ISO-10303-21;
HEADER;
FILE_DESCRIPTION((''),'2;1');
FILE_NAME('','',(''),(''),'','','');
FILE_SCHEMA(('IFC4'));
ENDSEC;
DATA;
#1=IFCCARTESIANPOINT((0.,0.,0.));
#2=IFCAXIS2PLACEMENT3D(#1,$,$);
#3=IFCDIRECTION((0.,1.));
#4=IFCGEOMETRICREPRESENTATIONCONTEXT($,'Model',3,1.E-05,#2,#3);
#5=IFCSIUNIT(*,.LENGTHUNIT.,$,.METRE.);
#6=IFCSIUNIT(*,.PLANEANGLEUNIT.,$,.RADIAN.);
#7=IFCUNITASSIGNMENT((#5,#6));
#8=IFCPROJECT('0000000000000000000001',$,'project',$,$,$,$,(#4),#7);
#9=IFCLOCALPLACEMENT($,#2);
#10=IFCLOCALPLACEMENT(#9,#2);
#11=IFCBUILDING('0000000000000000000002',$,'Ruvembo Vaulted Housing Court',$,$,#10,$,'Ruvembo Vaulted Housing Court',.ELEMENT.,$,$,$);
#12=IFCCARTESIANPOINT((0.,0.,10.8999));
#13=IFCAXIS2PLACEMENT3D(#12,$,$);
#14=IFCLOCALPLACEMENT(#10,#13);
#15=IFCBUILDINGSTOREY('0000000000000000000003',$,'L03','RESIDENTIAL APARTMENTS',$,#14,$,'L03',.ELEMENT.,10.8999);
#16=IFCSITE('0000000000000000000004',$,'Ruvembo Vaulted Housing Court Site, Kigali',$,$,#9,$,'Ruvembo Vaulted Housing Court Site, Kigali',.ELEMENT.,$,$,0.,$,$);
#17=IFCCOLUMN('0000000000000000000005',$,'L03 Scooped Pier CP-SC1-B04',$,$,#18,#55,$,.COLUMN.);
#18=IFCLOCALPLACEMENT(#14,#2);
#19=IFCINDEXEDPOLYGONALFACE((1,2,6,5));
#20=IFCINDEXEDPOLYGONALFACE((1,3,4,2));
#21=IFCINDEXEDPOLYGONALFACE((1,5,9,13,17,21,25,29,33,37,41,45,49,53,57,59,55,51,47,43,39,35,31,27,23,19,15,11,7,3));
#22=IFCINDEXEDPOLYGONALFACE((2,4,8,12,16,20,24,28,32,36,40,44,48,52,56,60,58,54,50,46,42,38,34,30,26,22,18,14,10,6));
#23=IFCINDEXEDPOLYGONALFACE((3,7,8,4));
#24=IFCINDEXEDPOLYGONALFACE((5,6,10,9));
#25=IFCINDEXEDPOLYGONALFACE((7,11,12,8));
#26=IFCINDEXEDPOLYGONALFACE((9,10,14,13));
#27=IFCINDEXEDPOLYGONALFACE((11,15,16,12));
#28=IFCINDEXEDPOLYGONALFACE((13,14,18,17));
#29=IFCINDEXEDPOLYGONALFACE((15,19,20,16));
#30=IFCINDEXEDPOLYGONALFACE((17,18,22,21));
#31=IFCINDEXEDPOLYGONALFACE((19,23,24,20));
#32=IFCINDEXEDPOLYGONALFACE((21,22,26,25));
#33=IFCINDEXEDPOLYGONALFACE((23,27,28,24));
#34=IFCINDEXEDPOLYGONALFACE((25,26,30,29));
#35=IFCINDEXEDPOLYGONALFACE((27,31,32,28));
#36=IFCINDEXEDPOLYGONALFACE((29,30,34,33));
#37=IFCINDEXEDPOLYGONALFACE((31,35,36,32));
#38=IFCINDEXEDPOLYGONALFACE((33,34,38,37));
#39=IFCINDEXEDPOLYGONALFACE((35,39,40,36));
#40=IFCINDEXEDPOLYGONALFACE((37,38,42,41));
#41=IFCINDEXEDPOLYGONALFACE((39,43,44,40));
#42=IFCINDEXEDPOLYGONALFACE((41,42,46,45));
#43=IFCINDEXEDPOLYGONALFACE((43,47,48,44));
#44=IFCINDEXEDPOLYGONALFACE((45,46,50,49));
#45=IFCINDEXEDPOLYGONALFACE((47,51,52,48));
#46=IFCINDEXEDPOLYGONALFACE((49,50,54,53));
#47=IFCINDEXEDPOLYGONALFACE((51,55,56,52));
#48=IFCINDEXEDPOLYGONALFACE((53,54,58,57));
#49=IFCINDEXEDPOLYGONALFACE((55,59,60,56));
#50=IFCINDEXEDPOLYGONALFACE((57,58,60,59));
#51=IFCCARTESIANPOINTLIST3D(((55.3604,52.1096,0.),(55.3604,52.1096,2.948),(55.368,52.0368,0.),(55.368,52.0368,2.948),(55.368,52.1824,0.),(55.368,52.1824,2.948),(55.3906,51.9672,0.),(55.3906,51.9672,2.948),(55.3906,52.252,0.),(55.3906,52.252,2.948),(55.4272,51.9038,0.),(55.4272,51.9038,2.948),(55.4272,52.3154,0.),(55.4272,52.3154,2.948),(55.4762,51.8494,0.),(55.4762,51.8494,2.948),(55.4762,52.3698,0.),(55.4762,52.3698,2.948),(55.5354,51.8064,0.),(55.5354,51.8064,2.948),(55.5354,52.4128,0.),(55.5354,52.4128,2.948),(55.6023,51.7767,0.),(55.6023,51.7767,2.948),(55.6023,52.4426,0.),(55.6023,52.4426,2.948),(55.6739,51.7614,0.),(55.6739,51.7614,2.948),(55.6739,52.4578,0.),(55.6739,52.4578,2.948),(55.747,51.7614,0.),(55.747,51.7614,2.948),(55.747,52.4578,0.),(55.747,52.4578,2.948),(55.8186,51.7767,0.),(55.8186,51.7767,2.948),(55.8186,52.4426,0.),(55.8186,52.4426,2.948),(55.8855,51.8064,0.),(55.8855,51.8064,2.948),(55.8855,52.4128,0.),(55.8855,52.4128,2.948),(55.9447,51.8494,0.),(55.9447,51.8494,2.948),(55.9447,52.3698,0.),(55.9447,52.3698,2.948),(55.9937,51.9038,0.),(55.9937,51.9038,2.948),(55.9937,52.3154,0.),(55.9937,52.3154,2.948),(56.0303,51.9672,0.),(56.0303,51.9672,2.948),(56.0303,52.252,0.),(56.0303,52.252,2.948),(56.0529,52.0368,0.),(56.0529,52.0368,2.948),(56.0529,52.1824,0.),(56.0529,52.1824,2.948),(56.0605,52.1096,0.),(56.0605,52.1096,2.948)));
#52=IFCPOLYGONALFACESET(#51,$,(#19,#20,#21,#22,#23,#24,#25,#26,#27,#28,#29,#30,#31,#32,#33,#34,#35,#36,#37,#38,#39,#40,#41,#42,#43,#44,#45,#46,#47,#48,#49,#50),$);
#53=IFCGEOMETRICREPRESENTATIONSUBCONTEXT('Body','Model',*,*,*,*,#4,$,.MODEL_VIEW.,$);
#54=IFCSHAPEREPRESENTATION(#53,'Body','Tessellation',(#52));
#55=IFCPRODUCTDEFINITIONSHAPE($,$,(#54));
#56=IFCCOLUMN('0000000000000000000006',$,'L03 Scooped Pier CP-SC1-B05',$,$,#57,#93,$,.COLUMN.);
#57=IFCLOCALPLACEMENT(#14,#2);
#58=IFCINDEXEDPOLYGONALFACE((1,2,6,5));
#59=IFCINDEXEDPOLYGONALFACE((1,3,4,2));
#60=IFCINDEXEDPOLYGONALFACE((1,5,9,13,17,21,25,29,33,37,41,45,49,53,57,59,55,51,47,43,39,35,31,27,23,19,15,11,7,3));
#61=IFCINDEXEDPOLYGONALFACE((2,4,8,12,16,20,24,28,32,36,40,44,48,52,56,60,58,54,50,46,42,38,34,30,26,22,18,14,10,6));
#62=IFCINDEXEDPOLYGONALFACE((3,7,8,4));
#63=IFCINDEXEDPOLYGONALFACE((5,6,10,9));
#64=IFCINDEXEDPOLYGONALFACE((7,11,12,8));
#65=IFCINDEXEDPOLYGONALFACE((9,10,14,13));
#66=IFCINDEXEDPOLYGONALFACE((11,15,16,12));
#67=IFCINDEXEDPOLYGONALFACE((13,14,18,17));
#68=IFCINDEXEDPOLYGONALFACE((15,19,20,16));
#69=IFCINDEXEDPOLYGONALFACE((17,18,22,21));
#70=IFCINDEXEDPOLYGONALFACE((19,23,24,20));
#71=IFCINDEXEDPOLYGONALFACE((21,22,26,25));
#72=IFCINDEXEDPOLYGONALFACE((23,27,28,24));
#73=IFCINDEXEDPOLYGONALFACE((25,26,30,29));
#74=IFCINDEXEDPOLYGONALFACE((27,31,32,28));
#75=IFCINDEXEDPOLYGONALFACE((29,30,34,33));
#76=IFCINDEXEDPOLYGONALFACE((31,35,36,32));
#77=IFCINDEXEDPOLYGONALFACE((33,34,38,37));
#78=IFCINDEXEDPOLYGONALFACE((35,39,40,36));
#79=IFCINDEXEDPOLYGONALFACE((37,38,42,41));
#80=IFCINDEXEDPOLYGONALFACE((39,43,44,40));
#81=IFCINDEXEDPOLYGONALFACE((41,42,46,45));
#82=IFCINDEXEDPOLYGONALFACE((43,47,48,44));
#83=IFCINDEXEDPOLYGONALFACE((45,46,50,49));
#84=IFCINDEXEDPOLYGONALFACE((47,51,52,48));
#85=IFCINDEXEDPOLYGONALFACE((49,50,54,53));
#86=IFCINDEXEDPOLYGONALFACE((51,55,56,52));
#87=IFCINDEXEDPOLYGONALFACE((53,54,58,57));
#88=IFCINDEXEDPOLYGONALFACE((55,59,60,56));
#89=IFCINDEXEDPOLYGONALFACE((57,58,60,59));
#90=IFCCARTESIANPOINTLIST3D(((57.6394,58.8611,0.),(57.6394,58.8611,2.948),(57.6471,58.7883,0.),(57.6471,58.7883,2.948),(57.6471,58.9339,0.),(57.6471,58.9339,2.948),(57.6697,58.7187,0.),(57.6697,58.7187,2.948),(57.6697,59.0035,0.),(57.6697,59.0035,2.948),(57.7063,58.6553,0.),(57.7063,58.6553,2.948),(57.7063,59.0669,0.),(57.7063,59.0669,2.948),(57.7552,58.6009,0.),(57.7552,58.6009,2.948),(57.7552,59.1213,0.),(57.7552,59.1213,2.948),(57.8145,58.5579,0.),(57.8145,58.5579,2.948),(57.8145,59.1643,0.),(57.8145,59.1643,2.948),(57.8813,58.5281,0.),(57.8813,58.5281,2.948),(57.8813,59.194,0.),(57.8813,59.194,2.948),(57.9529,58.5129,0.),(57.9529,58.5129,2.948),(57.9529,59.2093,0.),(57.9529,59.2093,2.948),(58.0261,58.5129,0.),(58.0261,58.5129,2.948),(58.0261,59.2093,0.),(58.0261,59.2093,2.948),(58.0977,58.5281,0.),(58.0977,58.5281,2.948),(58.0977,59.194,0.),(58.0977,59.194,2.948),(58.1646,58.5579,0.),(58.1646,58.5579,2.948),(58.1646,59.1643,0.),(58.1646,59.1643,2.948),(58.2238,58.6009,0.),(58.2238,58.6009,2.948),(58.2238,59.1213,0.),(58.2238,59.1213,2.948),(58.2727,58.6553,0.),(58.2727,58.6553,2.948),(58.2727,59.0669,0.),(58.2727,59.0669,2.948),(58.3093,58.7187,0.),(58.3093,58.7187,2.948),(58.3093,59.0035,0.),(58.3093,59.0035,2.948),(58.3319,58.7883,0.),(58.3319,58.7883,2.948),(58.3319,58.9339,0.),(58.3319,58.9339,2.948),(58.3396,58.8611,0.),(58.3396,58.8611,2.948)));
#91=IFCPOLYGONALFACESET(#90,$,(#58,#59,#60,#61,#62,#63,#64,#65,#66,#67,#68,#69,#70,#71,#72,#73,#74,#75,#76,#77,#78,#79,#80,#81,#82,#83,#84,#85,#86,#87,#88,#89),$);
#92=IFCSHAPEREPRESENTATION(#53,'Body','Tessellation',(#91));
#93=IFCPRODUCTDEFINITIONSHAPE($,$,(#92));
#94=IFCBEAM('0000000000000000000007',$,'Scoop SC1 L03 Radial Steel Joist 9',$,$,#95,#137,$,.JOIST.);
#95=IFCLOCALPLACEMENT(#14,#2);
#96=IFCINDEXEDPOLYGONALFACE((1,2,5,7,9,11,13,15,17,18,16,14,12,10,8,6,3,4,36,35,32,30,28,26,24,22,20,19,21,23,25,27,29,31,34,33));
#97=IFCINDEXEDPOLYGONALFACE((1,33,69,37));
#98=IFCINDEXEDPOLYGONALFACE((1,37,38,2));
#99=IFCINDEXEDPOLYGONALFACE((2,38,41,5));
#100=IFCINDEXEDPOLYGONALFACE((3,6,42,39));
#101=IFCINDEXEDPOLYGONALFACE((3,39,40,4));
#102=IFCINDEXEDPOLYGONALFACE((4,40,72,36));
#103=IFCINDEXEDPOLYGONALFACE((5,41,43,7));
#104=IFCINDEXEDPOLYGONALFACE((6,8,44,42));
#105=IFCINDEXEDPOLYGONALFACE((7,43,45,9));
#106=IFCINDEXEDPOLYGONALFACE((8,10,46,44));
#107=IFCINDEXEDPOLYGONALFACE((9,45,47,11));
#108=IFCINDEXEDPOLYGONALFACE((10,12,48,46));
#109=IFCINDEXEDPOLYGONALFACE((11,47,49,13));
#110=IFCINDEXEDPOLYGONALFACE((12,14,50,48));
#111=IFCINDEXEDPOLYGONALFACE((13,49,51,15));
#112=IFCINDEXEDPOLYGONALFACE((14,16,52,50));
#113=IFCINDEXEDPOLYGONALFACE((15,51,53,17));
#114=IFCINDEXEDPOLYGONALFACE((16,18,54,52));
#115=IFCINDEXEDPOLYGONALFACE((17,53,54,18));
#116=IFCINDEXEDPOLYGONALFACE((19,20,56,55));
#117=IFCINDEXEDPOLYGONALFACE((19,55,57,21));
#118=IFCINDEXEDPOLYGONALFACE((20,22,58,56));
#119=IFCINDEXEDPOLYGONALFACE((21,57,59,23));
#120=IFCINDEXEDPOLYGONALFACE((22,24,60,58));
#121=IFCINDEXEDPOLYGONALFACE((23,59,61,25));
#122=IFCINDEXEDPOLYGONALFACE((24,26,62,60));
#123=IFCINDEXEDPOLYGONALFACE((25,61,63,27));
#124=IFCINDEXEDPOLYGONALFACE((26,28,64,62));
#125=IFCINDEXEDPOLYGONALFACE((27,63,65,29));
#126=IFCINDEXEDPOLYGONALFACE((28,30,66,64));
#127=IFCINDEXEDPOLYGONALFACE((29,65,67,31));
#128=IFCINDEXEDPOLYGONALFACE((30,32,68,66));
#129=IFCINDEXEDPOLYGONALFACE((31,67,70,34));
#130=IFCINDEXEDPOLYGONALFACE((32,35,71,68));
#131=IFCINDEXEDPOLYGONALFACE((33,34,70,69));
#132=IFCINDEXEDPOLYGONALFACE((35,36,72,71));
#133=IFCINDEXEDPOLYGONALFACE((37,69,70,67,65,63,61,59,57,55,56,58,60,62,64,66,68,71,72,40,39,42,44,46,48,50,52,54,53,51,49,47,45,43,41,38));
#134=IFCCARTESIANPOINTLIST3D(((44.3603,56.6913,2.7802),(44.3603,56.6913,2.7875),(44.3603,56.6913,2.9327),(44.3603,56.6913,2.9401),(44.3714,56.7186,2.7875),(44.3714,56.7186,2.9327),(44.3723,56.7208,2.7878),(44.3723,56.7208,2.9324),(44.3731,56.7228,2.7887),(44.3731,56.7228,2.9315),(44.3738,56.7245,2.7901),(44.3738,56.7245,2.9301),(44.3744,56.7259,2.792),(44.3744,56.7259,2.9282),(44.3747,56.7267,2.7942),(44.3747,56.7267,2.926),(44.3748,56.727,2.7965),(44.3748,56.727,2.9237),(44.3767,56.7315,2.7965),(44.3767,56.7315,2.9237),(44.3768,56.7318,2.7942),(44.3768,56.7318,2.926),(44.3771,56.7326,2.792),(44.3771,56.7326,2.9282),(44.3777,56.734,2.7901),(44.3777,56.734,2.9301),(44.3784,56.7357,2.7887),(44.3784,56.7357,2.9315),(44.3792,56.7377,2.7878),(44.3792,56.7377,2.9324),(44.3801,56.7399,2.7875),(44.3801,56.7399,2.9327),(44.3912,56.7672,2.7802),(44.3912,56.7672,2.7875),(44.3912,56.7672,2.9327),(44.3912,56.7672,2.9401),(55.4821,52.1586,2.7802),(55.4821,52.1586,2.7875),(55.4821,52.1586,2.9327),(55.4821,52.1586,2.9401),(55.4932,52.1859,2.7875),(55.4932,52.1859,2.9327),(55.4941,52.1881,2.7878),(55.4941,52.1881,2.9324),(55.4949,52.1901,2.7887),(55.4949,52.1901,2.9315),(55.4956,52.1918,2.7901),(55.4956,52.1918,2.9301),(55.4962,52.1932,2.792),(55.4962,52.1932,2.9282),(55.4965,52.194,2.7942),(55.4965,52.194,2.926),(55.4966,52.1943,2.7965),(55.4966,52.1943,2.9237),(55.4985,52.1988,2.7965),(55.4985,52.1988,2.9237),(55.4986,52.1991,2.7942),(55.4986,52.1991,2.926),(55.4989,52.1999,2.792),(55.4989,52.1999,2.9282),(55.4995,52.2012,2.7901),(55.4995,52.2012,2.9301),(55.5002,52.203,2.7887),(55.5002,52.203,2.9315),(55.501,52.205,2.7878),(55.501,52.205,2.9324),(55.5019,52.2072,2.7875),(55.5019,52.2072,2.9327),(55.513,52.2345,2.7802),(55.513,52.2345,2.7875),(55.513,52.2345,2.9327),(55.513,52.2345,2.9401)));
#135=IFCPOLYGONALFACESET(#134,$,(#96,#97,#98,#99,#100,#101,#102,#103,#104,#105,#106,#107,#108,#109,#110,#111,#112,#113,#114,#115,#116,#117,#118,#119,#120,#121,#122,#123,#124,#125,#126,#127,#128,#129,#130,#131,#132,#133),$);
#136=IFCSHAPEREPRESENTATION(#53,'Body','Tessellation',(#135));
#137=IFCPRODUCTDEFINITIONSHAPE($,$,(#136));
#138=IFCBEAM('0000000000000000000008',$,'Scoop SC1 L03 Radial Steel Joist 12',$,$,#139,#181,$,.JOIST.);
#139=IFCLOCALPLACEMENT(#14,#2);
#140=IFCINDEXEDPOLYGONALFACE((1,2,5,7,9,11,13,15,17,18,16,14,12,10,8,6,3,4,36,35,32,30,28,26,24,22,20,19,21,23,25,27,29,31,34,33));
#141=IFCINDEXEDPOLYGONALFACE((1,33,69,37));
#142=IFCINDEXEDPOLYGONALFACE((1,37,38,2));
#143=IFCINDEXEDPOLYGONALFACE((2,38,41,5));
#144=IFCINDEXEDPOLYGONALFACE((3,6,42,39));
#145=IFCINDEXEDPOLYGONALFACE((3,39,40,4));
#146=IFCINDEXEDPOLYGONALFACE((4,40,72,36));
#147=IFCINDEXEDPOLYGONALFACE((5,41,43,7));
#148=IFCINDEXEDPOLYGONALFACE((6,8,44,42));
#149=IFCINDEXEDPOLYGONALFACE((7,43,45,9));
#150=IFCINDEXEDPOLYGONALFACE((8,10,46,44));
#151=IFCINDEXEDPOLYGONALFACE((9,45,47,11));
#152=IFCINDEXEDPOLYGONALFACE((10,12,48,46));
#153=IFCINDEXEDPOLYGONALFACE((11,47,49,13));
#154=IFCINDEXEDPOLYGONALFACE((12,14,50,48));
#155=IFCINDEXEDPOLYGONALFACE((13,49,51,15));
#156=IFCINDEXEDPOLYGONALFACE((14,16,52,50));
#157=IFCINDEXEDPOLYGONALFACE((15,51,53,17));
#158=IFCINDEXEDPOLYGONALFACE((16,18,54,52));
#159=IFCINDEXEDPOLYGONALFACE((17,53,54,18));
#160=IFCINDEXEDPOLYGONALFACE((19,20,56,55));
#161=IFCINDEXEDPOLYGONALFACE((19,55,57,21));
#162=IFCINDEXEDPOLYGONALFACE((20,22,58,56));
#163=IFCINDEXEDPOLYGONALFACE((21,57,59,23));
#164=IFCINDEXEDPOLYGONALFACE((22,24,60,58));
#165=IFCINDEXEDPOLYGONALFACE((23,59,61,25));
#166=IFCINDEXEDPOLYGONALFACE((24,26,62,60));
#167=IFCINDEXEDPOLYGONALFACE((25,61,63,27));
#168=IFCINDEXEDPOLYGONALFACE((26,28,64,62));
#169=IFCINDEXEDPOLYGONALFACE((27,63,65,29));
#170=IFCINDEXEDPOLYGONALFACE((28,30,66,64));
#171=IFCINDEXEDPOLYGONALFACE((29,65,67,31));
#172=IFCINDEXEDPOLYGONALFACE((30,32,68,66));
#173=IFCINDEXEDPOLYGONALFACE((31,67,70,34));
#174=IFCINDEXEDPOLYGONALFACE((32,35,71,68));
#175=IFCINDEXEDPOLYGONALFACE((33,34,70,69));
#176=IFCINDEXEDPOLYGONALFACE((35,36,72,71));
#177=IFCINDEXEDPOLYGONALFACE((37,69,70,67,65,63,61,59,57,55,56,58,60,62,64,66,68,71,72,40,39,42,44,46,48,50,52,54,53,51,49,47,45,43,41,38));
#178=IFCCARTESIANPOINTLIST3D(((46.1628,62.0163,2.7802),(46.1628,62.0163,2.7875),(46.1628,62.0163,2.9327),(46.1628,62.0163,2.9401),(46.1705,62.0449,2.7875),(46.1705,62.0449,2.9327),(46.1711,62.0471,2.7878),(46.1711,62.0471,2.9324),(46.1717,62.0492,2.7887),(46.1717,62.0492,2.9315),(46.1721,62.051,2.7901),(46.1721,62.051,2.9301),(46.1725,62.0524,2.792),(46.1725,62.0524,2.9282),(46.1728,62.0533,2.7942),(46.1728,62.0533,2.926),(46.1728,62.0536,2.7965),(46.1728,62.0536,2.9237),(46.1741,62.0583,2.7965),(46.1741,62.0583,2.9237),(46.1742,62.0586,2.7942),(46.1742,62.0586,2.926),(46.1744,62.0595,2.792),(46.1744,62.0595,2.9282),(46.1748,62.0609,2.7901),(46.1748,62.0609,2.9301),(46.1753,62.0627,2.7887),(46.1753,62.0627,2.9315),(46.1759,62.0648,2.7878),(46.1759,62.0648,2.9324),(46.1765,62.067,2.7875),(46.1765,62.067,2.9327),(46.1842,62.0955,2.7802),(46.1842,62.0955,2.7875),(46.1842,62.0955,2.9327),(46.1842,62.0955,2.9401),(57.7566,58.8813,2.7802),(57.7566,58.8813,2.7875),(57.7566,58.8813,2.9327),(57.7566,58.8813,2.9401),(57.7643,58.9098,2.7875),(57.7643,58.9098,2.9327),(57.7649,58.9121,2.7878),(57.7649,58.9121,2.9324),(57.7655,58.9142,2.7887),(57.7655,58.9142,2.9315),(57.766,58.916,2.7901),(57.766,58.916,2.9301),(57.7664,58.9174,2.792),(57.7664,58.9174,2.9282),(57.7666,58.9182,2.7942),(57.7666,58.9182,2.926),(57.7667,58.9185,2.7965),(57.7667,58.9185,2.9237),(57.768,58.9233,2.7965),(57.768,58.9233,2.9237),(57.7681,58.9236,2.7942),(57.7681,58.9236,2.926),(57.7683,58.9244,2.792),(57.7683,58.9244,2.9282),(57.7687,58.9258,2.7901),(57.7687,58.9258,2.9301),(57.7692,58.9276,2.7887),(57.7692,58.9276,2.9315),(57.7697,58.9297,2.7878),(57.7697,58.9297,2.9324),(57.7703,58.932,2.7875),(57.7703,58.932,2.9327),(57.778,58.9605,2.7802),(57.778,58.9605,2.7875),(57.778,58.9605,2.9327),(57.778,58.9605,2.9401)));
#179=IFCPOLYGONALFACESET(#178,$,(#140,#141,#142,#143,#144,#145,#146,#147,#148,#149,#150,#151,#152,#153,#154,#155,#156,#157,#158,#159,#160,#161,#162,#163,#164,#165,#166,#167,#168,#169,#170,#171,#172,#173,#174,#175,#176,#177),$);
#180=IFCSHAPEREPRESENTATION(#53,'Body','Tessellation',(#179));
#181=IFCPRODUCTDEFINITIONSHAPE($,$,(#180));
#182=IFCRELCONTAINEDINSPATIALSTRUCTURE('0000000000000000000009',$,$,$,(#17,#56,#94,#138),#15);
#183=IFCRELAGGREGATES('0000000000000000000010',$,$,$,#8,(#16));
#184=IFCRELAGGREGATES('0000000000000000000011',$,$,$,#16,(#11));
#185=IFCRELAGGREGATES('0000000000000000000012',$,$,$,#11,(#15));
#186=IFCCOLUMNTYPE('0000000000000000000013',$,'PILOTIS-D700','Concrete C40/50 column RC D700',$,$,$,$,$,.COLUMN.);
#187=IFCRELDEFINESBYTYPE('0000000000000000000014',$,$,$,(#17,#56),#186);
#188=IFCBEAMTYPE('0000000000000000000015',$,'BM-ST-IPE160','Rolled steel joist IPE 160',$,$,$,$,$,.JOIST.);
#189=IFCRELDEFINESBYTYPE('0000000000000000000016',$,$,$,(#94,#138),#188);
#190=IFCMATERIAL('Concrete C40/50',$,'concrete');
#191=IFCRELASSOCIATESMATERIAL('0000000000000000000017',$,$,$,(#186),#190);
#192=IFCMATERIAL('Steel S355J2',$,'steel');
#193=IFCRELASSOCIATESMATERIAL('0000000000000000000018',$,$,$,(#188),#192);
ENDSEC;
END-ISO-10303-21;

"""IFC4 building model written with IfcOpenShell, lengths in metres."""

from ifc_helpers import new_model, si_unit, direction, frame, origin, origin_2d, place, context, subcontext, project, spatial, circle, i_section, extrude, material, material_profile, profile_set, type_object, element, save


model = new_model("IFC4")

# Units and contexts
model_context = context("Model", 3, precision=1e-05, world=origin(), true_north=direction((0.0, 1.0)))
body_context = subcontext(model_context, "Body", "Model", "MODEL_VIEW")
ifc_project = project(units=[si_unit("LENGTHUNIT", "METRE"), si_unit("PLANEANGLEUNIT", "RADIAN")], contexts=[model_context])

# Site, building, storey
site_placement = place(None, origin())
site = spatial("IfcSite", under=ifc_project, at=site_placement, Name="Ruvembo Vaulted Housing Court Site, Kigali", LongName="Ruvembo Vaulted Housing Court Site, Kigali", CompositionType="ELEMENT", RefElevation=0.0)
building_placement = place(site_placement, origin())
building = spatial("IfcBuilding", under=site, at=building_placement, Name="Ruvembo Vaulted Housing Court", LongName="Ruvembo Vaulted Housing Court", CompositionType="ELEMENT")
storey_placement = place(building_placement, frame((0.0, 0.0, 10.8999)))
storey = spatial("IfcBuildingStorey", under=building, at=storey_placement, Name="L03", Description="RESIDENTIAL APARTMENTS", LongName="L03", CompositionType="ELEMENT", Elevation=10.8999)

# Columns
ifc_material_1 = material(Name="Concrete C40/50", Category="concrete")
ifc_material_profile_1 = material_profile(ifc_material_1, circle(Radius=0.3501, at=origin_2d()), Name="RC D700")
ifc_profile_set_1 = profile_set([ifc_material_profile_1], Name="Concrete C40/50")
column_type = type_object("IfcColumnType", Name="PILOTIS-D700", Description="Concrete C40/50 column RC D700", PredefinedType="COLUMN", material=ifc_profile_set_1)
for number, where, z_axis, x_axis, name in (
    (1, (55.7104, 52.1096, 0.0), (0.0, 0.0, 1.0), (1.0, 0.0, 0.0), "L03 Scooped Pier CP-SC1-B04"),
    (2, (57.9895, 58.8611, 0.0), (0.0, 0.0, 1.0), (1.0, 0.0, 0.0), "L03 Scooped Pier CP-SC1-B05"),
):
    element("IfcColumn", number, at=place(storey_placement, frame(where, z_axis=z_axis, x_axis=x_axis)), inside=storey, type_object=column_type, Name=name, PredefinedType="COLUMN", context=body_context, shape_type="SweptSolid", body=[
        extrude(circle(Radius=0.3501, at=origin_2d()), origin(), (0.0, 0.0, 1.0), 2.948),
    ])

# Beams
ifc_material_2 = material(Name="Steel S355J2", Category="steel")
ifc_material_profile_2 = material_profile(ifc_material_2, i_section(OverallWidth=0.082, OverallDepth=0.1599, WebThickness=0.0049, FlangeThickness=0.0073, FilletRadius=0.009, at=origin_2d()), Name="IPE 160")
ifc_profile_set_2 = profile_set([ifc_material_profile_2], Name="Steel S355J2")
beam_type_1 = type_object("IfcBeamType", Name="BM-ST-IPE160", Description="Rolled steel joist IPE 160", PredefinedType="JOIST", material=ifc_profile_set_2)
beam_1_placement = place(storey_placement, frame((55.4976, 52.1965, 2.8601), z_axis=(-0.926046, 0.377411, 0.0), x_axis=(-0.377411, -0.926046, 0.0)))
element("IfcBeam", 3, at=beam_1_placement, inside=storey, type_object=beam_type_1, Name="Scoop SC1 L03 Radial Steel Joist 9", PredefinedType="JOIST", context=body_context, shape_type="SweptSolid", body=[
    extrude(i_section(OverallWidth=0.082, OverallDepth=0.1599, WebThickness=0.0049, FlangeThickness=0.0073, FilletRadius=0.009, at=origin_2d()), origin(), (0.0, 0.0, 1.0), 12.01),
])
beam_2_placement = place(storey_placement, frame((57.7673, 58.9209, 2.8601), z_axis=(-0.965331, 0.26103, 0.0), x_axis=(-0.26103, -0.965331, 0.0)))
element("IfcBeam", 4, at=beam_2_placement, inside=storey, type_object=beam_type_1, Name="Scoop SC1 L03 Radial Steel Joist 12", PredefinedType="JOIST", context=body_context, shape_type="SweptSolid", body=[
    extrude(i_section(OverallWidth=0.082, OverallDepth=0.1599, WebThickness=0.0049, FlangeThickness=0.0073, FilletRadius=0.009, at=origin_2d()), origin(), (0.0, 0.0, 1.0), 12.0103),
])

save(model, "model.ifc")
